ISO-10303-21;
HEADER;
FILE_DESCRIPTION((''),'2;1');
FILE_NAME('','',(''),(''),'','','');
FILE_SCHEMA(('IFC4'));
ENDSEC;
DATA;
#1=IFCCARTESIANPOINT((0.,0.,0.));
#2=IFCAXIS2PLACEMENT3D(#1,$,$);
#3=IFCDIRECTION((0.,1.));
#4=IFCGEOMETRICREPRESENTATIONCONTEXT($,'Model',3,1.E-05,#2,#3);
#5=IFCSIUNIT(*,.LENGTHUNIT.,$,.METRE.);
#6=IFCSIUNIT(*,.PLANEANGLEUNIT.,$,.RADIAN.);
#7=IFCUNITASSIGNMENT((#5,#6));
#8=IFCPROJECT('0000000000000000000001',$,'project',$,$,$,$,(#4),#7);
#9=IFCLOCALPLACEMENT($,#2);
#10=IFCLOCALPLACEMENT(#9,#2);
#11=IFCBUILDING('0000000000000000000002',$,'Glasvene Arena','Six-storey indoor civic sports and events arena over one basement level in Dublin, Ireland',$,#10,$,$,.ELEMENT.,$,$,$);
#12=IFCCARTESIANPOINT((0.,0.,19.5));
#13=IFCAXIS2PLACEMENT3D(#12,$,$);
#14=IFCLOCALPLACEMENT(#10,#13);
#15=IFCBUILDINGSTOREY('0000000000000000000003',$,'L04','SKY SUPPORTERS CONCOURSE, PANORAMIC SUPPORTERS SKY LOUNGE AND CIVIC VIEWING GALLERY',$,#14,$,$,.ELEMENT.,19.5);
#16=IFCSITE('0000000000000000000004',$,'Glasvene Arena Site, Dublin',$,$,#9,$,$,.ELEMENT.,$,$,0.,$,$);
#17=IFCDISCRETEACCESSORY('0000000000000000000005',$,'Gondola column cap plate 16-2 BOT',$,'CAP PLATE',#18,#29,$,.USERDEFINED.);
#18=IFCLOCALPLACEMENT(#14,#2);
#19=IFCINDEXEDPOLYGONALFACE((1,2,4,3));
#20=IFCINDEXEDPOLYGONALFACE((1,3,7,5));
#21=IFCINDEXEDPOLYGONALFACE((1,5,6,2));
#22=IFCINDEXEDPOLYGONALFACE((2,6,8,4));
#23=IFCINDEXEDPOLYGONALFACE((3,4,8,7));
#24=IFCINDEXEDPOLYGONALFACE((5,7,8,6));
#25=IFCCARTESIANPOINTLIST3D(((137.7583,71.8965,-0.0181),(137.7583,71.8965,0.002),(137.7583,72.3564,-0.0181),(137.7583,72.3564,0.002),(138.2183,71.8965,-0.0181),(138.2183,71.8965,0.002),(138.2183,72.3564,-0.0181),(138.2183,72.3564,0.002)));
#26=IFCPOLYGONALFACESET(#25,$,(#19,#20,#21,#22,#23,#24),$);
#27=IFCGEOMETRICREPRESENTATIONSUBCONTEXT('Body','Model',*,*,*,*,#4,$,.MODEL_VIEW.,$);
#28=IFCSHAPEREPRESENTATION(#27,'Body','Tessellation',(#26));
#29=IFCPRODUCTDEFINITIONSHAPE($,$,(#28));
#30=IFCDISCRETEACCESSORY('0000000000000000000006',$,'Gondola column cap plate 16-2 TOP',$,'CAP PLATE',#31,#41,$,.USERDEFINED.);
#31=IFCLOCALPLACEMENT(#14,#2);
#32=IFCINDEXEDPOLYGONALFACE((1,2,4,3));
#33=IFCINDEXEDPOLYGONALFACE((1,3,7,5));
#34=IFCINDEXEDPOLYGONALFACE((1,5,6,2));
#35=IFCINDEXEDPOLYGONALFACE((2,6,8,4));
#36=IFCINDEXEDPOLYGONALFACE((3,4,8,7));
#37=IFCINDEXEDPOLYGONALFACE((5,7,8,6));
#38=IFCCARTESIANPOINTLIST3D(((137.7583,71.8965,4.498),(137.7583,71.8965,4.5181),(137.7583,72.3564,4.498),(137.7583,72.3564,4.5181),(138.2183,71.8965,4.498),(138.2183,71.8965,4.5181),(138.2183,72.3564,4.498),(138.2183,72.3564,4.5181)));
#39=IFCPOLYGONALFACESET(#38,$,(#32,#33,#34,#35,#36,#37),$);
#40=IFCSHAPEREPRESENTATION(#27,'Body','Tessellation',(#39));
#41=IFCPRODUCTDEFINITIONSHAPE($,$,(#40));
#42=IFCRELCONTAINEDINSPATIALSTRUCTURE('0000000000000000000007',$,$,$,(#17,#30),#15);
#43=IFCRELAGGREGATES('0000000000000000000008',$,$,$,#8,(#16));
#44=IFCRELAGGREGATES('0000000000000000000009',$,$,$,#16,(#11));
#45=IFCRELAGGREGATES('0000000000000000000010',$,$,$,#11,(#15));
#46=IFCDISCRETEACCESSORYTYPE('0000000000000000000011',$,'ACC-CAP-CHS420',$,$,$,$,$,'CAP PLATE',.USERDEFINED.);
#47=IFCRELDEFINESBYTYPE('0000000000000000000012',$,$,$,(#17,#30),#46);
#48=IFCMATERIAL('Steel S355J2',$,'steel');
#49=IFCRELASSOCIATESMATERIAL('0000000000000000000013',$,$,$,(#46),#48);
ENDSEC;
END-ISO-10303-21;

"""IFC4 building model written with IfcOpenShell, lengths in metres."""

from ifc_helpers import new_model, si_unit, direction, frame, origin, origin_2d, place, context, subcontext, project, spatial, rectangle, extrude, material, type_object, element, save


model = new_model("IFC4")

# Units and contexts
model_context = context("Model", 3, precision=1e-05, world=origin(), true_north=direction((0.0, 1.0)))
body_context = subcontext(model_context, "Body", "Model", "MODEL_VIEW")
ifc_project = project(units=[si_unit("LENGTHUNIT", "METRE"), si_unit("PLANEANGLEUNIT", "RADIAN")], contexts=[model_context])

# Site, building, storey
site_placement = place(None, origin())
site = spatial("IfcSite", under=ifc_project, at=site_placement, Name="Glasvene Arena Site, Dublin", CompositionType="ELEMENT", RefElevation=0.0)
building_placement = place(site_placement, origin())
building = spatial("IfcBuilding", under=site, at=building_placement, Name="Glasvene Arena", Description="Six-storey indoor civic sports and events arena over one basement level in Dublin, Ireland", CompositionType="ELEMENT")
storey_placement = place(building_placement, frame((0.0, 0.0, 19.5)))
storey = spatial("IfcBuildingStorey", under=building, at=storey_placement, Name="L04", Description="SKY SUPPORTERS CONCOURSE, PANORAMIC SUPPORTERS SKY LOUNGE AND CIVIC VIEWING GALLERY", CompositionType="ELEMENT", Elevation=19.5)

# Shared definitions
ifc_material_1 = material(Name="Steel S355J2", Category="steel")

# Discrete accessories
discrete_accessory_type = type_object("IfcDiscreteAccessoryType", Name="ACC-CAP-CHS420", ElementType="CAP PLATE", PredefinedType="USERDEFINED", material=ifc_material_1)
for number, where, z_axis, x_axis, name in (
    (1, (137.9883, 72.1265, -0.0181), (0.0, 0.0, 1.0), (1.0, 0.0, 0.0), "Gondola column cap plate 16-2 BOT"),
    (2, (137.9883, 72.1265, 4.498), (0.0, 0.0, 1.0), (1.0, 0.0, 0.0), "Gondola column cap plate 16-2 TOP"),
):
    element("IfcDiscreteAccessory", number, at=place(storey_placement, frame(where, z_axis=z_axis, x_axis=x_axis)), inside=storey, type_object=discrete_accessory_type, Name=name, ObjectType="CAP PLATE", PredefinedType="USERDEFINED", context=body_context, shape_type="SweptSolid", body=[
        extrude(rectangle(XDim=0.46, YDim=0.46, at=origin_2d()), origin(), (0.0, 0.0, 1.0), 0.02),
    ])

save(model, "model.ifc")
